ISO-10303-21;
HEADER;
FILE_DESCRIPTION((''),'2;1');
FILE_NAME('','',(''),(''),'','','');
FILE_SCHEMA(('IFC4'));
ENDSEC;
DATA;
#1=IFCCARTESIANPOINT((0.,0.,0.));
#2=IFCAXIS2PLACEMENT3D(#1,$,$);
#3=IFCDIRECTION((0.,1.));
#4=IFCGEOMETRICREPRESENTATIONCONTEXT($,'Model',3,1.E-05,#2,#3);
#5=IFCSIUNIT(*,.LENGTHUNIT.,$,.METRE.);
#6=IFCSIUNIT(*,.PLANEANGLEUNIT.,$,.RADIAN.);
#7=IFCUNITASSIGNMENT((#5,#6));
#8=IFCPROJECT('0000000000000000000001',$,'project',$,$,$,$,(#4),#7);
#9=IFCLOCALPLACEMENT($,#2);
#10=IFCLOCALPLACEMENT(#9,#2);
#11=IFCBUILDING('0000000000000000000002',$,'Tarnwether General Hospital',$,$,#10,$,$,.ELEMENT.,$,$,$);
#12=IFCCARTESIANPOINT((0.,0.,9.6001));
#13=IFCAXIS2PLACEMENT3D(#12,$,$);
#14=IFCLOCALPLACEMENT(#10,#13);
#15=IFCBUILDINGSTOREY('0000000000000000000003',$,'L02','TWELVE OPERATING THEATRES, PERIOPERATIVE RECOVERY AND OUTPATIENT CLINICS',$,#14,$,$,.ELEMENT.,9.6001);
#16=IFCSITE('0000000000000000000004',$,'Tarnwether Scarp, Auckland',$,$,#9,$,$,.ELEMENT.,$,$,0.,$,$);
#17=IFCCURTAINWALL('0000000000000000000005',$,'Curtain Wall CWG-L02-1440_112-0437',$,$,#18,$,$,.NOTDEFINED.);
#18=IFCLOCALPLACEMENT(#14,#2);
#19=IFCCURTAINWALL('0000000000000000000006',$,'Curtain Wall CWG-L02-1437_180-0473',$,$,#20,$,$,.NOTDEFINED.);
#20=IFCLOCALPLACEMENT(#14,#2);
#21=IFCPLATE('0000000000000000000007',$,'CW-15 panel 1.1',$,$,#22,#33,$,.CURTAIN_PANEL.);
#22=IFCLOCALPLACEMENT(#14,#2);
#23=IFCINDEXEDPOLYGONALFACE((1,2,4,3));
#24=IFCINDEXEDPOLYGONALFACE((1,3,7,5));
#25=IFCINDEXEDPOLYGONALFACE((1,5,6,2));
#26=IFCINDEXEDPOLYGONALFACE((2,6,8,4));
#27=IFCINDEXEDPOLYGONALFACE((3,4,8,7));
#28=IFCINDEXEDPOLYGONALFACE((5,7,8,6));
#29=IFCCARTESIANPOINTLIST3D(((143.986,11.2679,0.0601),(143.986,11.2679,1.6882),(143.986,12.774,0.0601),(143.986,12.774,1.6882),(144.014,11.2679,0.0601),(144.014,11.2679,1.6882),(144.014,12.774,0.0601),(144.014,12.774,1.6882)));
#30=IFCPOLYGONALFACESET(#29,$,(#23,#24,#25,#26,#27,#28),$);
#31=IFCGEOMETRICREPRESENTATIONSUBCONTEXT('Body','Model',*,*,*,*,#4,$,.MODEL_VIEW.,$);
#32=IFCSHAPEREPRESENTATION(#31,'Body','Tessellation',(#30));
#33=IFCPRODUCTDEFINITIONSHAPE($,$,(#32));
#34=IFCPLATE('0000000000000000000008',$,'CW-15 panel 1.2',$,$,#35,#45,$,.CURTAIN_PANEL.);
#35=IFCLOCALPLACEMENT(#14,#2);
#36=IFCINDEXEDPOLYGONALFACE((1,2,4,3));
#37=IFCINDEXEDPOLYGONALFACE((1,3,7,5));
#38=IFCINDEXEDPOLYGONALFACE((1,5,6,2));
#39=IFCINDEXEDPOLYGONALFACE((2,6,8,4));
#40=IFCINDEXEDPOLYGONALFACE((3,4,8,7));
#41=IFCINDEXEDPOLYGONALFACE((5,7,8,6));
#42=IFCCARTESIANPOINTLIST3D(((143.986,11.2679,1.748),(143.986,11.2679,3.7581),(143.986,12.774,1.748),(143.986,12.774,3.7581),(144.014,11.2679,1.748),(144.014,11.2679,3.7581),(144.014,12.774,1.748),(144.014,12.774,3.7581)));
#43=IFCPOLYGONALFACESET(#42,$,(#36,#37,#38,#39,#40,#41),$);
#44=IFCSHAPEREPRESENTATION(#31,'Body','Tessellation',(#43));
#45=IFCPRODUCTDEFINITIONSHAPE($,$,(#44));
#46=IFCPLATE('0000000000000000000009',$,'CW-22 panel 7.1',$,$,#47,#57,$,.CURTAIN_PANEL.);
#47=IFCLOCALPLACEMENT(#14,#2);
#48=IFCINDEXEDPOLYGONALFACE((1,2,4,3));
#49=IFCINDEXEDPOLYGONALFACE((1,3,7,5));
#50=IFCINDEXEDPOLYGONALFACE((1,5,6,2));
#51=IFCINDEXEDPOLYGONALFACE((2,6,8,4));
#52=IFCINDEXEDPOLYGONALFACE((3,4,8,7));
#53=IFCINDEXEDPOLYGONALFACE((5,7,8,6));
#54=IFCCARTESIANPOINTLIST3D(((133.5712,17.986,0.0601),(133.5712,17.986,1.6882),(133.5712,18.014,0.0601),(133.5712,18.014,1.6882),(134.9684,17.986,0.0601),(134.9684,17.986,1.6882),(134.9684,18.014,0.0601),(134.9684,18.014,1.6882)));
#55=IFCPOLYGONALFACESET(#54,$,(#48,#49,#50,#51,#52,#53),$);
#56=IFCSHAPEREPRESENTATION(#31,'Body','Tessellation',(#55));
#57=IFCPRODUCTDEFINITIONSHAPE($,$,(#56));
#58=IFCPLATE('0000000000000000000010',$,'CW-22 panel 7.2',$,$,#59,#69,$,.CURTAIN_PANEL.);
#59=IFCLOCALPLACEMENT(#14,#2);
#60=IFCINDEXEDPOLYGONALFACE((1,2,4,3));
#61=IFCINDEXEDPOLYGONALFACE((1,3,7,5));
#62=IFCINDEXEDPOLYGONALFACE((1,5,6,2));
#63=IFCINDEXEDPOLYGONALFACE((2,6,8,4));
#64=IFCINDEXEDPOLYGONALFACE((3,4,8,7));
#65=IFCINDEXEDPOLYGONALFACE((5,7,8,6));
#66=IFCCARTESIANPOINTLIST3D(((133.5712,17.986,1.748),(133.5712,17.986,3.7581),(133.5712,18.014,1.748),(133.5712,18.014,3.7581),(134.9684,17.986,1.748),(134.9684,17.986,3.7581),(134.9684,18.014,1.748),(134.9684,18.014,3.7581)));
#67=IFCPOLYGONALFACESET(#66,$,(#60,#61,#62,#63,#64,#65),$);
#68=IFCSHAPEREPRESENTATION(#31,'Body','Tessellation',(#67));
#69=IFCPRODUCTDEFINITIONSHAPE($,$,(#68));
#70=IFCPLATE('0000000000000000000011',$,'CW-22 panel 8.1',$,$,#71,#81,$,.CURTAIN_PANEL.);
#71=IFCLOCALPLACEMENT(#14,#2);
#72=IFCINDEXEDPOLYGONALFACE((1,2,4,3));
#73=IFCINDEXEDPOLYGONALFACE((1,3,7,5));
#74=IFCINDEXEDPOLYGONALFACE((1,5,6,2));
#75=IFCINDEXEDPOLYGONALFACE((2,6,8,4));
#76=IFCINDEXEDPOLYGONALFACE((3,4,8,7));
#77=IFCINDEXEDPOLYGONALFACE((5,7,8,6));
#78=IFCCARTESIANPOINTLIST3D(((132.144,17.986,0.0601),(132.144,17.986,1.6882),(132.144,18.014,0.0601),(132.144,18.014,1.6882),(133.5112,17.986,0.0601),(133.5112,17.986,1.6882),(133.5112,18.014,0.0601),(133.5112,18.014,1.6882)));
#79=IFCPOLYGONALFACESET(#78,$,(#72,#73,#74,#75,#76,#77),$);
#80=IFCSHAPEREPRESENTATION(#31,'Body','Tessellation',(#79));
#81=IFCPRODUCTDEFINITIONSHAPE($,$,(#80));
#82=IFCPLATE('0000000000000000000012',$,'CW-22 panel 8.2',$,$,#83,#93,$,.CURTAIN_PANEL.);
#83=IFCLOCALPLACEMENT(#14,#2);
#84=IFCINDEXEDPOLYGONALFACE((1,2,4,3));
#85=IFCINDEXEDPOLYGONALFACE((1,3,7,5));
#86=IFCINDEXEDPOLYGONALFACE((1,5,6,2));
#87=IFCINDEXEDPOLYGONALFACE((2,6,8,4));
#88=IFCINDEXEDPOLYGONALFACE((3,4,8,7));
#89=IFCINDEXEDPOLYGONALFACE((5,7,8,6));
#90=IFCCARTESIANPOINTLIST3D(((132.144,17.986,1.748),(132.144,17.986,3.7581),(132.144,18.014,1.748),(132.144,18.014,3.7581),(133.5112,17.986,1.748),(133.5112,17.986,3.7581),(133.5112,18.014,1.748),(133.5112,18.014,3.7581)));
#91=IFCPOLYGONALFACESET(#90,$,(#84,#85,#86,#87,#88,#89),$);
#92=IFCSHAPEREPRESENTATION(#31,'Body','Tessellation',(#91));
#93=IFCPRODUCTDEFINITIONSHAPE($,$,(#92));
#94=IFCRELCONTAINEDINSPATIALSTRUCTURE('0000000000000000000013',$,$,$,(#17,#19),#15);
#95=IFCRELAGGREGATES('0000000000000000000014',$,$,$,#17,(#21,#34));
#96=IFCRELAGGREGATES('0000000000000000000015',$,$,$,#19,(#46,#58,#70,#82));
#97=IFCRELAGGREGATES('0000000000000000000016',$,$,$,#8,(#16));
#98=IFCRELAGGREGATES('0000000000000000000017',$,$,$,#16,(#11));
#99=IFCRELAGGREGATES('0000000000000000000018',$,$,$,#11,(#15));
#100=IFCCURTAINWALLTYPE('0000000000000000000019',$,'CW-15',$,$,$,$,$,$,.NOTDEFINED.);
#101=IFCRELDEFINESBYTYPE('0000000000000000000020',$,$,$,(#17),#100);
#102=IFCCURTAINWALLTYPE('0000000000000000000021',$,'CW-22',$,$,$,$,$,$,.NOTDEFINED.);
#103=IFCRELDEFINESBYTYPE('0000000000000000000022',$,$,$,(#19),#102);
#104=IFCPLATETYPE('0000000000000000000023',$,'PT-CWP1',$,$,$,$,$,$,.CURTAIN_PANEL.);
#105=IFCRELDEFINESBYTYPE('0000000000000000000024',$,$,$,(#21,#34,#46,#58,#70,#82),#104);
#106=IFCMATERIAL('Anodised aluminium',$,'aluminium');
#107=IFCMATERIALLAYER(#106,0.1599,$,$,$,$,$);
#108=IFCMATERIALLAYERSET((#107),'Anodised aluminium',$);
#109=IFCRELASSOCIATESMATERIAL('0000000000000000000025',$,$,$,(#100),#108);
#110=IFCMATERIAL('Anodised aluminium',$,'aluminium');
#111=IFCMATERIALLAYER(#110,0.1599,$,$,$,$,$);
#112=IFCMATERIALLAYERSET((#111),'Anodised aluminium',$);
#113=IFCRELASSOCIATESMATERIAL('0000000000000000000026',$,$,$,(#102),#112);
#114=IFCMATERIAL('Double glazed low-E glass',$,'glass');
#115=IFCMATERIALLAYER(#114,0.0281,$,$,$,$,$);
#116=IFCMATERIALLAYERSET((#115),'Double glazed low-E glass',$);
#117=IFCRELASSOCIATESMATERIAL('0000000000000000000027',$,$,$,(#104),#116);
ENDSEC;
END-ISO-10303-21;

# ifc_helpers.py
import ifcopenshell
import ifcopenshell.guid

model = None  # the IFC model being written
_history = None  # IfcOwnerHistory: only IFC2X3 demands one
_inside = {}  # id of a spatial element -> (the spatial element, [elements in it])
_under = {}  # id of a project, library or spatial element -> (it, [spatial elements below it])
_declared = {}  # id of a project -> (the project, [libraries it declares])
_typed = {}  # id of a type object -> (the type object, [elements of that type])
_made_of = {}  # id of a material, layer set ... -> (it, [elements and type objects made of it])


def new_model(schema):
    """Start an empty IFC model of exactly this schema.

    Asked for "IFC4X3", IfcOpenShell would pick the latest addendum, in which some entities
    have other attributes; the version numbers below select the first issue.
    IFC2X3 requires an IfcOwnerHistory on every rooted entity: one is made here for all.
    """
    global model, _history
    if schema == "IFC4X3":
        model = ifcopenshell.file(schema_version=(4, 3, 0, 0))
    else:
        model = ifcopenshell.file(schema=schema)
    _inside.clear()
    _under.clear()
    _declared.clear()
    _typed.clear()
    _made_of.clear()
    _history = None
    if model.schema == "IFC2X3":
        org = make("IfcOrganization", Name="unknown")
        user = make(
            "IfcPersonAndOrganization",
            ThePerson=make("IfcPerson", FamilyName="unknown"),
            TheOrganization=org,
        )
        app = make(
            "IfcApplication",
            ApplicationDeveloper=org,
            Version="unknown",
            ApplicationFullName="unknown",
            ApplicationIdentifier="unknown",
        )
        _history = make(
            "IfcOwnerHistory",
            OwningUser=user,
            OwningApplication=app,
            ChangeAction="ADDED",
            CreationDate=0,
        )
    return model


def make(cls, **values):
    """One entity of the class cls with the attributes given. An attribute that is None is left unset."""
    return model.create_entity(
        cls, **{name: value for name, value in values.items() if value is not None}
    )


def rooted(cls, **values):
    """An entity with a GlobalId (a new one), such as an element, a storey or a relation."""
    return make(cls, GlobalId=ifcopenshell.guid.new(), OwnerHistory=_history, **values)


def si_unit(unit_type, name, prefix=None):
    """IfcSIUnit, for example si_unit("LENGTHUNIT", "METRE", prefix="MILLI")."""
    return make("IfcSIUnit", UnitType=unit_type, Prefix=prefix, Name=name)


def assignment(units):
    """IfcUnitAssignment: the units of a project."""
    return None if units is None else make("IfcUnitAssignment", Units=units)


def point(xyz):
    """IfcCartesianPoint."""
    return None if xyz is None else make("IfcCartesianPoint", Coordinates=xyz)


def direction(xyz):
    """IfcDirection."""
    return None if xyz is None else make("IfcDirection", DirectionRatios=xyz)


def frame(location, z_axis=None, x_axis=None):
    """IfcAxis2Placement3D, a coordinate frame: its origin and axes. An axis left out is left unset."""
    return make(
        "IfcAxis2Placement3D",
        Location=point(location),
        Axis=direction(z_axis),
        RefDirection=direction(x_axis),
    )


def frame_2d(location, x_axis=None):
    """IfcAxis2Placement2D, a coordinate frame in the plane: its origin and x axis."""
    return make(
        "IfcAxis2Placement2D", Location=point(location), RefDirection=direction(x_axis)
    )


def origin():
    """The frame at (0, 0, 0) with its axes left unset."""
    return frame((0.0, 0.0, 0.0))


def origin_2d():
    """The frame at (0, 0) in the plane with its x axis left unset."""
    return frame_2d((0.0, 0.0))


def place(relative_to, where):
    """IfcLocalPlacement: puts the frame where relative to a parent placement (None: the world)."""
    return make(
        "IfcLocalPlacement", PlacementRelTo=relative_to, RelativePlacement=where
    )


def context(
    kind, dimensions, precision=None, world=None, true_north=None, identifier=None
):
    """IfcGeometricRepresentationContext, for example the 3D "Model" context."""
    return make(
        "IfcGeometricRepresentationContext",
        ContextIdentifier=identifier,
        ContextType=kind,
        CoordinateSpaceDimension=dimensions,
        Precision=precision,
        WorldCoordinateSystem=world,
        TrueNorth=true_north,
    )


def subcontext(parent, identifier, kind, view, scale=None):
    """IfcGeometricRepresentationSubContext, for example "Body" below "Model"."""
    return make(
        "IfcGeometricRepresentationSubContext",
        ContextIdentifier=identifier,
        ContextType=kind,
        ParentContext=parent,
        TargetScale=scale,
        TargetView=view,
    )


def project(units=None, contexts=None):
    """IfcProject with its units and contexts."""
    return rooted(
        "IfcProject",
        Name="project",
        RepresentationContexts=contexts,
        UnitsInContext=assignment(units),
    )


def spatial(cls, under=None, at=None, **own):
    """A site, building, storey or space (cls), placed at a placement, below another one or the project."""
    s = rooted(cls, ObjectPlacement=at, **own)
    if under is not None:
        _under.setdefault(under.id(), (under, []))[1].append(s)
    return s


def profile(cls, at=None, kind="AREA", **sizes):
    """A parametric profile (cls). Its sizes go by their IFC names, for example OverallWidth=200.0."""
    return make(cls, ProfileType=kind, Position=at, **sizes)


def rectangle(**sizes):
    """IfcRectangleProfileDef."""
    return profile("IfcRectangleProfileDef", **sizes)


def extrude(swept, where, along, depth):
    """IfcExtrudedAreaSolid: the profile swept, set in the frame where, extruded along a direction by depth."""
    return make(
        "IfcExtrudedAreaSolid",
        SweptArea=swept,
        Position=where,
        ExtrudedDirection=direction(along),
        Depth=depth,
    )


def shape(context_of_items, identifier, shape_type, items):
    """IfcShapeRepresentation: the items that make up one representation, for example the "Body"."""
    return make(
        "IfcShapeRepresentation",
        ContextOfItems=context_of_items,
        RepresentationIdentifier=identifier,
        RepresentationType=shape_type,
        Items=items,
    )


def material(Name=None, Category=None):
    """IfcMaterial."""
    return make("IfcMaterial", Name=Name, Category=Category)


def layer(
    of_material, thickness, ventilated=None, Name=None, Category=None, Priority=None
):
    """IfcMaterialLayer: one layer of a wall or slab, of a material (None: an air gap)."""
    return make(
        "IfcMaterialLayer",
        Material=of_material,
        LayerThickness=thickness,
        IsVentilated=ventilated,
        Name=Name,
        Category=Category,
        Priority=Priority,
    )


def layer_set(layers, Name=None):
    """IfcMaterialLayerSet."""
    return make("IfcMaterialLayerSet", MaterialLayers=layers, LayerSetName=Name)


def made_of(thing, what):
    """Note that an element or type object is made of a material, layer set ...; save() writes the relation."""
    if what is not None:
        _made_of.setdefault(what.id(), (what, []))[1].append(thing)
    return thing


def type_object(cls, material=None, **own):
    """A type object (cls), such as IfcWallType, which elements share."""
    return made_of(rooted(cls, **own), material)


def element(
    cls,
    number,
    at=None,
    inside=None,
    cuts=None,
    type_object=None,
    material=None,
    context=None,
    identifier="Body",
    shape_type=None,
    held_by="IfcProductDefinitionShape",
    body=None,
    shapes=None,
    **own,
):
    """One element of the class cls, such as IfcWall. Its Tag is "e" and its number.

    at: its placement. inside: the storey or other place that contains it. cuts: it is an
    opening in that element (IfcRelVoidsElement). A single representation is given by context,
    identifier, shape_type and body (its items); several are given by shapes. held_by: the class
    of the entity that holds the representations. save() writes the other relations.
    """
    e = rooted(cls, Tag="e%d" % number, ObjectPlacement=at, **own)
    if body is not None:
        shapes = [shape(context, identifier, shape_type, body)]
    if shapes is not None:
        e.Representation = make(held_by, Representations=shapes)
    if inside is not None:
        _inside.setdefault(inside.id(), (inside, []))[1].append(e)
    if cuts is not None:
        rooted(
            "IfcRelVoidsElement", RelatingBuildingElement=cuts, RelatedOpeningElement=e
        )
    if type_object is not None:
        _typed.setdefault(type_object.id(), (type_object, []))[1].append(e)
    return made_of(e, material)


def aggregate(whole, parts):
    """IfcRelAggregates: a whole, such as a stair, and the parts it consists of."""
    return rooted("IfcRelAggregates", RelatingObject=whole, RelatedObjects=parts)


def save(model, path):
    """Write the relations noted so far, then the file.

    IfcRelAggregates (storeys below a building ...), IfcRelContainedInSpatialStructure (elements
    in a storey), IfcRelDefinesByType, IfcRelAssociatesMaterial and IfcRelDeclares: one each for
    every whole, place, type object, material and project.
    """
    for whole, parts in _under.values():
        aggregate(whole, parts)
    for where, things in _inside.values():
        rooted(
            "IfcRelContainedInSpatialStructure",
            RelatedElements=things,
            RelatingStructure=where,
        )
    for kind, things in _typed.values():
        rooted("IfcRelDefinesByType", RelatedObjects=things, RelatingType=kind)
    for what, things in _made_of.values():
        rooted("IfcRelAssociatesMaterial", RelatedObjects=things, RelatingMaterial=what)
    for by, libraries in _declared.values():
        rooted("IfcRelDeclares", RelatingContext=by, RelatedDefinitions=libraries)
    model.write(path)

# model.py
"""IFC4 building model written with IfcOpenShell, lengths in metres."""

from ifc_helpers import new_model, si_unit, direction, frame, origin, origin_2d, place, context, subcontext, project, spatial, rectangle, extrude, material, layer, layer_set, type_object, element, aggregate, save


model = new_model("IFC4")

# Units and contexts
model_context = context("Model", 3, precision=1e-05, world=origin(), true_north=direction((0.0, 1.0)))
body_context = subcontext(model_context, "Body", "Model", "MODEL_VIEW")
ifc_project = project(units=[si_unit("LENGTHUNIT", "METRE"), si_unit("PLANEANGLEUNIT", "RADIAN")], contexts=[model_context])

# Site, building, storey
site_placement = place(None, origin())
site = spatial("IfcSite", under=ifc_project, at=site_placement, Name="Tarnwether Scarp, Auckland", CompositionType="ELEMENT", RefElevation=0.0)
building_placement = place(site_placement, origin())
building = spatial("IfcBuilding", under=site, at=building_placement, Name="Tarnwether General Hospital", CompositionType="ELEMENT")
storey_placement = place(building_placement, frame((0.0, 0.0, 9.6001)))
storey = spatial("IfcBuildingStorey", under=building, at=storey_placement, Name="L02", Description="TWELVE OPERATING THEATRES, PERIOPERATIVE RECOVERY AND OUTPATIENT CLINICS", CompositionType="ELEMENT", Elevation=9.6001)

# Curtain walls
ifc_material_1 = material(Name="Anodised aluminium", Category="aluminium")
ifc_layer_1 = layer(ifc_material_1, 0.1599)
ifc_layer_set_1 = layer_set([ifc_layer_1], Name="Anodised aluminium")
curtain_wall_type_1 = type_object("IfcCurtainWallType", Name="CW-15", PredefinedType="NOTDEFINED", material=ifc_layer_set_1)
curtain_wall_1_placement = place(storey_placement, origin())
curtain_wall_1 = element("IfcCurtainWall", 1, at=curtain_wall_1_placement, inside=storey, type_object=curtain_wall_type_1, Name="Curtain Wall CWG-L02-1440_112-0437", PredefinedType="NOTDEFINED")
ifc_material_2 = material(Name="Anodised aluminium", Category="aluminium")
ifc_layer_2 = layer(ifc_material_2, 0.1599)
ifc_layer_set_2 = layer_set([ifc_layer_2], Name="Anodised aluminium")
curtain_wall_type_2 = type_object("IfcCurtainWallType", Name="CW-22", PredefinedType="NOTDEFINED", material=ifc_layer_set_2)
curtain_wall_2_placement = place(storey_placement, origin())
curtain_wall_2 = element("IfcCurtainWall", 2, at=curtain_wall_2_placement, inside=storey, type_object=curtain_wall_type_2, Name="Curtain Wall CWG-L02-1437_180-0473", PredefinedType="NOTDEFINED")

# Plates
ifc_material_3 = material(Name="Double glazed low-E glass", Category="glass")
ifc_layer_3 = layer(ifc_material_3, 0.0281)
ifc_layer_set_3 = layer_set([ifc_layer_3], Name="Double glazed low-E glass")
plate_type = type_object("IfcPlateType", Name="PT-CWP1", PredefinedType="CURTAIN_PANEL", material=ifc_layer_set_3)
plate_1_placement = place(storey_placement, frame((144.0, 12.021, 0.0601), z_axis=(0.0, 0.0, 1.0), x_axis=(0.0, 1.0, 0.0)))
plate_1 = element("IfcPlate", 3, at=plate_1_placement, type_object=plate_type, Name="CW-15 panel 1.1", PredefinedType="CURTAIN_PANEL", context=body_context, shape_type="SweptSolid", body=[
    extrude(rectangle(XDim=1.5061, YDim=0.0281, at=origin_2d()), origin(), (0.0, 0.0, 1.0), 1.6282),
])
plate_2_placement = place(storey_placement, frame((144.0, 12.021, 1.748), z_axis=(0.0, 0.0, 1.0), x_axis=(0.0, 1.0, 0.0)))
plate_2 = element("IfcPlate", 4, at=plate_2_placement, type_object=plate_type, Name="CW-15 panel 1.2", PredefinedType="CURTAIN_PANEL", context=body_context, shape_type="SweptSolid", body=[
    extrude(rectangle(XDim=1.5061, YDim=0.0281, at=origin_2d()), origin(), (0.0, 0.0, 1.0), 2.01),
])
aggregate(curtain_wall_1, [plate_1, plate_2])
plate_3_placement = place(storey_placement, frame((134.2698, 18.0, 0.0601), z_axis=(0.0, 0.0, 1.0), x_axis=(-1.0, 0.0, 0.0)))
plate_3 = element("IfcPlate", 5, at=plate_3_placement, type_object=plate_type, Name="CW-22 panel 7.1", PredefinedType="CURTAIN_PANEL", context=body_context, shape_type="SweptSolid", body=[
    extrude(rectangle(XDim=1.3972, YDim=0.0281, at=origin_2d()), origin(), (0.0, 0.0, 1.0), 1.6282),
])
plate_4_placement = place(storey_placement, frame((134.2698, 18.0, 1.748), z_axis=(0.0, 0.0, 1.0), x_axis=(-1.0, 0.0, 0.0)))
plate_4 = element("IfcPlate", 6, at=plate_4_placement, type_object=plate_type, Name="CW-22 panel 7.2", PredefinedType="CURTAIN_PANEL", context=body_context, shape_type="SweptSolid", body=[
    extrude(rectangle(XDim=1.3972, YDim=0.0281, at=origin_2d()), origin(), (0.0, 0.0, 1.0), 2.01),
])
plate_5_placement = place(storey_placement, frame((132.8276, 18.0, 0.0601), z_axis=(0.0, 0.0, 1.0), x_axis=(-1.0, 0.0, 0.0)))
plate_5 = element("IfcPlate", 7, at=plate_5_placement, type_object=plate_type, Name="CW-22 panel 8.1", PredefinedType="CURTAIN_PANEL", context=body_context, shape_type="SweptSolid", body=[
    extrude(rectangle(XDim=1.3672, YDim=0.0281, at=origin_2d()), origin(), (0.0, 0.0, 1.0), 1.6282),
])
plate_6_placement = place(storey_placement, frame((132.8276, 18.0, 1.748), z_axis=(0.0, 0.0, 1.0), x_axis=(-1.0, 0.0, 0.0)))
plate_6 = element("IfcPlate", 8, at=plate_6_placement, type_object=plate_type, Name="CW-22 panel 8.2", PredefinedType="CURTAIN_PANEL", context=body_context, shape_type="SweptSolid", body=[
    extrude(rectangle(XDim=1.3672, YDim=0.0281, at=origin_2d()), origin(), (0.0, 0.0, 1.0), 2.01),
])
aggregate(curtain_wall_2, [plate_3, plate_4, plate_5, plate_6])

save(model, "model.ifc")
